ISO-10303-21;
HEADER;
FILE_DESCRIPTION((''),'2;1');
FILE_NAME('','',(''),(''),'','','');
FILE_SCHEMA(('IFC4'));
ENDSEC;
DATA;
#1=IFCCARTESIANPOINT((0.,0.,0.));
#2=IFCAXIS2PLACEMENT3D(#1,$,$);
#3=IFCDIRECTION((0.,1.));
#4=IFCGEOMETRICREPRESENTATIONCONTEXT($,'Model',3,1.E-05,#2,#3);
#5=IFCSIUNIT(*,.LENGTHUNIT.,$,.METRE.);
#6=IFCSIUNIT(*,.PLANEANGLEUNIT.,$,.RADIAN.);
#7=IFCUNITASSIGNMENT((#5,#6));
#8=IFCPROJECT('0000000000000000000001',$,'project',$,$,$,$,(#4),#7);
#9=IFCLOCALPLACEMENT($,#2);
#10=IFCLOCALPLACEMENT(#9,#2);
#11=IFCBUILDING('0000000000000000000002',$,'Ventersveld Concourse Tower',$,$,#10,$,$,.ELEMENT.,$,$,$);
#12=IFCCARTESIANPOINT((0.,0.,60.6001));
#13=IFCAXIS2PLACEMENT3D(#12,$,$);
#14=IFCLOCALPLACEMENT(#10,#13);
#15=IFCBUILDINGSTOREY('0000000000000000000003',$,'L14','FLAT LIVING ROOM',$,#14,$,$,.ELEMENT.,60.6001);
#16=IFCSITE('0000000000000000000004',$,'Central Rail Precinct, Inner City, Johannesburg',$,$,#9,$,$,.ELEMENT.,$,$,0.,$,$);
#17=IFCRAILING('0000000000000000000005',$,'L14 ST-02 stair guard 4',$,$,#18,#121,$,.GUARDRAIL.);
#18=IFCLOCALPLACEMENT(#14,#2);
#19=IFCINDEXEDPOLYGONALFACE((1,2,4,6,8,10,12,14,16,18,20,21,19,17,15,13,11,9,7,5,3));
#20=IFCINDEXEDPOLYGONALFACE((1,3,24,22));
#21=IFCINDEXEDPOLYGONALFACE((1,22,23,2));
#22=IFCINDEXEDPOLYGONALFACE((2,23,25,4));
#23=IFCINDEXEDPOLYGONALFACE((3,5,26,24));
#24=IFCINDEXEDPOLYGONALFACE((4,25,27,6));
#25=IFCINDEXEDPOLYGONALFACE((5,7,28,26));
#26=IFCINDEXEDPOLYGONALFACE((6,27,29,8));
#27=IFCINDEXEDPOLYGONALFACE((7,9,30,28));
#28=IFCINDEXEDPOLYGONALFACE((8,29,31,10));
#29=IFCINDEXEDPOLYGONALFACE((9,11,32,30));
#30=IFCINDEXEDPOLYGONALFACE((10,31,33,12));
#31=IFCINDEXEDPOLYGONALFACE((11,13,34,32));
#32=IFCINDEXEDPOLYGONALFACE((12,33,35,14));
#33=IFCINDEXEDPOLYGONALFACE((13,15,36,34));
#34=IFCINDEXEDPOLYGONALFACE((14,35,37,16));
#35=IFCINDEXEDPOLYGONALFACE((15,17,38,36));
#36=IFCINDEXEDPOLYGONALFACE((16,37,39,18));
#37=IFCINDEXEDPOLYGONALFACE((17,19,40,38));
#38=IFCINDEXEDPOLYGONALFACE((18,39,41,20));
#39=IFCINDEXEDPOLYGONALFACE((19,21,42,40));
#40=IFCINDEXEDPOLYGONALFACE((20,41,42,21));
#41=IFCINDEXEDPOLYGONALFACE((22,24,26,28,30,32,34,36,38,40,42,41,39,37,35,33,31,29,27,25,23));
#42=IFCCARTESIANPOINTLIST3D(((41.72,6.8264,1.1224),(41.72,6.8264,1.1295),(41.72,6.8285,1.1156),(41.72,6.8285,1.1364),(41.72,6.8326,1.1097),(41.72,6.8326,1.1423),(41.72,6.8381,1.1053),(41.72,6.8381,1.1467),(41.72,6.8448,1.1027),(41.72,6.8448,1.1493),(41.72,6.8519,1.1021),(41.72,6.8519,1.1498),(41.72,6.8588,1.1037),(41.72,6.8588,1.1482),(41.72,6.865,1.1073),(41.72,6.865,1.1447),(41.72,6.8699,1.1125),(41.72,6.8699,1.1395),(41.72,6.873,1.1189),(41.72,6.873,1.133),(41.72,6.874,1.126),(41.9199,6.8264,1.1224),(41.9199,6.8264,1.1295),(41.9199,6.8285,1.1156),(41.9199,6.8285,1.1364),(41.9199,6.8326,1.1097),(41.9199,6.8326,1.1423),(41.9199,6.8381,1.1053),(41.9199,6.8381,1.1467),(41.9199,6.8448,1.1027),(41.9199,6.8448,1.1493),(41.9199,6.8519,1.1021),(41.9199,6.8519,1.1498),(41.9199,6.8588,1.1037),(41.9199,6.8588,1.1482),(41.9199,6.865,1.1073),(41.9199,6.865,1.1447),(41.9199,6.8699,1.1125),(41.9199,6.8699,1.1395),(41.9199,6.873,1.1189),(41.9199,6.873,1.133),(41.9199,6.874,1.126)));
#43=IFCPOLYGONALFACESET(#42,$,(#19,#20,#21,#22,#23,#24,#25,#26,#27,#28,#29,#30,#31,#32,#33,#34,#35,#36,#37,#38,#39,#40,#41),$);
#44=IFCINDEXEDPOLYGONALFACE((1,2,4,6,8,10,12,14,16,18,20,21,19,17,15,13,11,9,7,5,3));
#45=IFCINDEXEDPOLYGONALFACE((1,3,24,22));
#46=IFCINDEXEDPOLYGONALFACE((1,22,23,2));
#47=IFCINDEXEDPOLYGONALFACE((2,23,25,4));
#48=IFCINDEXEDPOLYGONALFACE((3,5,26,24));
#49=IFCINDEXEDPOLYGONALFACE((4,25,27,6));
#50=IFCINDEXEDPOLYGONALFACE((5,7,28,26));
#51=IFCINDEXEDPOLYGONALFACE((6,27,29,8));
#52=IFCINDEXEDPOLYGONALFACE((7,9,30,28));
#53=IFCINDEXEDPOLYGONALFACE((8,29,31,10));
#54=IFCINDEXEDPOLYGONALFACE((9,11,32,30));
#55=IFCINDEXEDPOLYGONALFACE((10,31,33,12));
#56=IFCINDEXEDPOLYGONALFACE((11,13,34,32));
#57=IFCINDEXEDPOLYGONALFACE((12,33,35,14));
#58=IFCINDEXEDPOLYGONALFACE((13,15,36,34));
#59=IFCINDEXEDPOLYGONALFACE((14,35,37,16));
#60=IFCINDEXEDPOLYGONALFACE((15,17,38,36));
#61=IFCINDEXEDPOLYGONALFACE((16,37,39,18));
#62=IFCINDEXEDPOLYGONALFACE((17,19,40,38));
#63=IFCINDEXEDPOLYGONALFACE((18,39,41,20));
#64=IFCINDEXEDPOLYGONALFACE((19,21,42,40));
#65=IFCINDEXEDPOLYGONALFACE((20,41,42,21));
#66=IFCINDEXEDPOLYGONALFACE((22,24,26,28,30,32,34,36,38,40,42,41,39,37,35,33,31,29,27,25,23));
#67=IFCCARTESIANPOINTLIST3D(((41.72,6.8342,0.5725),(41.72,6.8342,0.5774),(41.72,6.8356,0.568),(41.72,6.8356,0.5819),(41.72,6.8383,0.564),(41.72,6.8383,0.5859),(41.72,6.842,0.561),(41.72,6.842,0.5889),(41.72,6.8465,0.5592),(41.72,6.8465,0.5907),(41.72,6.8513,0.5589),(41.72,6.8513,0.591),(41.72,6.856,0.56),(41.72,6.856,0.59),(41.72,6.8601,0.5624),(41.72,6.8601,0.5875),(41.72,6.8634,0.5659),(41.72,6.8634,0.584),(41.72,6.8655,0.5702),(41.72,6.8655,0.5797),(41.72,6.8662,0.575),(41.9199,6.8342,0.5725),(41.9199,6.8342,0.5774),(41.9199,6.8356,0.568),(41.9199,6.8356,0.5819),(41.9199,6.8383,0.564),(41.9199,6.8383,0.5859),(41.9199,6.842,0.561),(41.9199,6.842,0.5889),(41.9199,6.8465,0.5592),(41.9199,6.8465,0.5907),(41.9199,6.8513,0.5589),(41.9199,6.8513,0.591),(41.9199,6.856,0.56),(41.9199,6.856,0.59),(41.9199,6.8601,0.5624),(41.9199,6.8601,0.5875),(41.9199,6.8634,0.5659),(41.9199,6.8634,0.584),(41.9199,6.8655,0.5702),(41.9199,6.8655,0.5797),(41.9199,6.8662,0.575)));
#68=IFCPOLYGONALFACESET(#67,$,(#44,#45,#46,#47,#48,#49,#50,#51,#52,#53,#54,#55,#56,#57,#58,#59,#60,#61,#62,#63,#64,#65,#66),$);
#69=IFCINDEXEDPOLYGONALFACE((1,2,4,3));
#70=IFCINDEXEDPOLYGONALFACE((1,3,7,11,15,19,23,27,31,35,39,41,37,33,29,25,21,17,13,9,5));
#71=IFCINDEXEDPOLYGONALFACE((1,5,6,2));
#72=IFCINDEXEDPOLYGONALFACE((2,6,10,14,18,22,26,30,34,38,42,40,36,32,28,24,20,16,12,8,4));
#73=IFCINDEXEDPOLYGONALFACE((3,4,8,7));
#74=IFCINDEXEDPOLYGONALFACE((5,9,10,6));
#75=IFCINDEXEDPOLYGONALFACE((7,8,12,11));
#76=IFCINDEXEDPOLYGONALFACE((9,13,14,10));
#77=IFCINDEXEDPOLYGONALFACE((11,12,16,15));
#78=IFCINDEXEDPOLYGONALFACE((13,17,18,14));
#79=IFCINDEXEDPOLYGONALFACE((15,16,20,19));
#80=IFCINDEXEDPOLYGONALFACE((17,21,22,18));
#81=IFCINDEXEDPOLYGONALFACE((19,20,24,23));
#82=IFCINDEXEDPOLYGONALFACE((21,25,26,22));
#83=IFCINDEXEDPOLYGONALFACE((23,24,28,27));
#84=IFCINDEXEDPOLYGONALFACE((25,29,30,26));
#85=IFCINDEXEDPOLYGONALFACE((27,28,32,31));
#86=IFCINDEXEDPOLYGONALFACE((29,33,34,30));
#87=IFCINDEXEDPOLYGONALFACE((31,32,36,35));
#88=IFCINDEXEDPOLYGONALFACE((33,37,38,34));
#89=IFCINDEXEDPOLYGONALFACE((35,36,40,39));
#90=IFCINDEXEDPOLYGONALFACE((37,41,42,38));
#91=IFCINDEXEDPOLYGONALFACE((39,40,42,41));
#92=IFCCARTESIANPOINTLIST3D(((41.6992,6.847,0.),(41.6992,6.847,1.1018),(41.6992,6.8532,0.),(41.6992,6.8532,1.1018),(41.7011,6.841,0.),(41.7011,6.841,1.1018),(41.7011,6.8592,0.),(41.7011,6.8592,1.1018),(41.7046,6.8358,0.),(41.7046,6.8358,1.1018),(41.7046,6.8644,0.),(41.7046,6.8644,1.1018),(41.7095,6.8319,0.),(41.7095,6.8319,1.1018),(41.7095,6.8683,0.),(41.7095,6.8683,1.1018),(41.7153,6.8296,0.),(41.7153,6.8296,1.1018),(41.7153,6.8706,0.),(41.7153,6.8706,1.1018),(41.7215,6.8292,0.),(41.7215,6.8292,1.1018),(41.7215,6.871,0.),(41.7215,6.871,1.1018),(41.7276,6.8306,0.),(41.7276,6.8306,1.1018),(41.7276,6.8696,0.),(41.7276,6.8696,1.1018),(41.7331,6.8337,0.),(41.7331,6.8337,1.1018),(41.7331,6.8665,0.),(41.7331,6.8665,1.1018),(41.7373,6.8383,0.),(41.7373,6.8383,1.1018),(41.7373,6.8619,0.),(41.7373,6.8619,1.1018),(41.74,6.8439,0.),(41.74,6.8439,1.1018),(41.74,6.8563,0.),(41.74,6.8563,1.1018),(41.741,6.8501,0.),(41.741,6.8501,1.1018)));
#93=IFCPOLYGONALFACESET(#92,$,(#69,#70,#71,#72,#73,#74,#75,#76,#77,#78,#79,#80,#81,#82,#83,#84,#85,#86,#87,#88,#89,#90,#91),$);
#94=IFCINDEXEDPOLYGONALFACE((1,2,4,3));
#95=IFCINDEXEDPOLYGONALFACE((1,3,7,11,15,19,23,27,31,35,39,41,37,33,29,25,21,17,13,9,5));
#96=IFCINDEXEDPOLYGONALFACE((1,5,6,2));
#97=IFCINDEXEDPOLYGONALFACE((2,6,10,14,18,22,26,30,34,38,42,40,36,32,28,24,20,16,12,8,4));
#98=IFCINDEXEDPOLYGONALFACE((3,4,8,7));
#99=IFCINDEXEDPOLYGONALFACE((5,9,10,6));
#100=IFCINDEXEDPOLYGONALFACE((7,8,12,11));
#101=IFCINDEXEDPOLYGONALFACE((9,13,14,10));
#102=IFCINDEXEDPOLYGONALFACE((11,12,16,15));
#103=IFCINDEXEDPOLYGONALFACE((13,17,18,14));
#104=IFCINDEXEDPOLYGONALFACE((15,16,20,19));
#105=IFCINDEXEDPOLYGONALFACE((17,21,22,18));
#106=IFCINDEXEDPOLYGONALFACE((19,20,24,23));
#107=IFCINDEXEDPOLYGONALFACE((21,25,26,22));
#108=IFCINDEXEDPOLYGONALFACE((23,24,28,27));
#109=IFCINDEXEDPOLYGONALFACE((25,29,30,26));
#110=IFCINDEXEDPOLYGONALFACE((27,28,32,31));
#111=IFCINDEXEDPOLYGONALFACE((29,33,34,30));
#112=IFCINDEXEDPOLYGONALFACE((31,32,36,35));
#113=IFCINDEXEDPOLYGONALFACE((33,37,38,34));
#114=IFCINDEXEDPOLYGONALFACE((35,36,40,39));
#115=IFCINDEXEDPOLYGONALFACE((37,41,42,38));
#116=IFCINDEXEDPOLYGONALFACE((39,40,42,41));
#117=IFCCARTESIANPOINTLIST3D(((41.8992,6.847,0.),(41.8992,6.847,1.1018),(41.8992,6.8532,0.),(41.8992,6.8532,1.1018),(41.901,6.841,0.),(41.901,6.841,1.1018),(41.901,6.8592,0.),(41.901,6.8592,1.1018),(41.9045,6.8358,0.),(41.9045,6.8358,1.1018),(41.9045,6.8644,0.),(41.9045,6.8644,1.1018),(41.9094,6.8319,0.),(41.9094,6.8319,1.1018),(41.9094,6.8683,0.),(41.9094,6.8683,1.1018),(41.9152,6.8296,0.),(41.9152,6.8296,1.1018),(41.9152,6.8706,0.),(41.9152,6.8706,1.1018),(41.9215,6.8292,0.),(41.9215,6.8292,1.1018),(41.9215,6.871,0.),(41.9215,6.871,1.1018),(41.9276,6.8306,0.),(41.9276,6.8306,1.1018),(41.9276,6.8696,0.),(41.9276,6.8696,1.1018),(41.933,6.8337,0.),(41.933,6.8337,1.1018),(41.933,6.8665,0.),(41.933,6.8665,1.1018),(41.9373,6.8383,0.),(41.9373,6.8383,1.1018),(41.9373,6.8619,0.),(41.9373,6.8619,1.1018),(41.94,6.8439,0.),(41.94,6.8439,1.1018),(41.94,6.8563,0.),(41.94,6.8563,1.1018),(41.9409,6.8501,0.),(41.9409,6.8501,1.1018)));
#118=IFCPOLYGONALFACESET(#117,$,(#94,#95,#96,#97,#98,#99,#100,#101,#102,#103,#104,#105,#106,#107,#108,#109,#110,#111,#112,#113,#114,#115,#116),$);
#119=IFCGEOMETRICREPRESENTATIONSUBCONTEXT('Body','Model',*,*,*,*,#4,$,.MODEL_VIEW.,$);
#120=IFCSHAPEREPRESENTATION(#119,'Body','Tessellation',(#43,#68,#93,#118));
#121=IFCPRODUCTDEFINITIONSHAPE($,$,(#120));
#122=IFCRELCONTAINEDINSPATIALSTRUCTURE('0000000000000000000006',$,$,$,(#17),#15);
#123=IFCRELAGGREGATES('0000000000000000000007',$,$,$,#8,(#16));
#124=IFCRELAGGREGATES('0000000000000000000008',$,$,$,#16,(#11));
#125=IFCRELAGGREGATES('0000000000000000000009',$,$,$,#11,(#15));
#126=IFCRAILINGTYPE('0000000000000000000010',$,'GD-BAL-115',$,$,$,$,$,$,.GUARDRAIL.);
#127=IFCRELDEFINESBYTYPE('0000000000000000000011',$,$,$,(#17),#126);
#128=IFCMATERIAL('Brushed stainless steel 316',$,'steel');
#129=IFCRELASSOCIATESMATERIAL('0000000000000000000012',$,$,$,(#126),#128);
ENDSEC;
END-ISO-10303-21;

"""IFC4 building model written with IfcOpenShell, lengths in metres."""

from ifc_helpers import new_model, si_unit, direction, frame, origin, origin_2d, place, context, subcontext, project, spatial, circle, extrude, material, type_object, element, save


model = new_model("IFC4")

# Units and contexts
model_context = context("Model", 3, precision=1e-05, world=origin(), true_north=direction((0.0, 1.0)))
body_context = subcontext(model_context, "Body", "Model", "MODEL_VIEW")
ifc_project = project(units=[si_unit("LENGTHUNIT", "METRE"), si_unit("PLANEANGLEUNIT", "RADIAN")], contexts=[model_context])

# Site, building, storey
site_placement = place(None, origin())
site = spatial("IfcSite", under=ifc_project, at=site_placement, Name="Central Rail Precinct, Inner City, Johannesburg", CompositionType="ELEMENT", RefElevation=0.0)
building_placement = place(site_placement, origin())
building = spatial("IfcBuilding", under=site, at=building_placement, Name="Ventersveld Concourse Tower", CompositionType="ELEMENT")
storey_placement = place(building_placement, frame((0.0, 0.0, 60.6001)))
storey = spatial("IfcBuildingStorey", under=building, at=storey_placement, Name="L14", Description="FLAT LIVING ROOM", CompositionType="ELEMENT", Elevation=60.6001)

# Railing
ifc_material_1 = material(Name="Brushed stainless steel 316", Category="steel")
railing_type_1 = type_object("IfcRailingType", Name="GD-BAL-115", PredefinedType="GUARDRAIL", material=ifc_material_1)
railing_1_placement = place(storey_placement, frame((41.72, 6.8501, 0.0)))
element("IfcRailing", 1, at=railing_1_placement, inside=storey, type_object=railing_type_1, Name="L14 ST-02 stair guard 4", PredefinedType="GUARDRAIL", context=body_context, shape_type="SweptSolid", body=[
    extrude(circle(Radius=0.0239, at=origin_2d()), frame((0.0, 0.0, 1.126), z_axis=(1.0, 0.0, 0.0), x_axis=(0.0, 1.0, 0.0)), (0.0, 0.0, 1.0), 0.2),
    extrude(circle(Radius=0.0161, at=origin_2d()), frame((0.0, 0.0, 0.575), z_axis=(1.0, 0.0, 0.0), x_axis=(0.0, 1.0, 0.0)), (0.0, 0.0, 1.0), 0.2),
    extrude(circle(Radius=0.021, at=origin_2d()), origin(), (0.0, 0.0, 1.0), 1.1018),
    extrude(circle(Radius=0.021, at=origin_2d()), frame((0.2, 0.0, 0.0)), (0.0, 0.0, 1.0), 1.1018),
])

save(model, "model.ifc")
